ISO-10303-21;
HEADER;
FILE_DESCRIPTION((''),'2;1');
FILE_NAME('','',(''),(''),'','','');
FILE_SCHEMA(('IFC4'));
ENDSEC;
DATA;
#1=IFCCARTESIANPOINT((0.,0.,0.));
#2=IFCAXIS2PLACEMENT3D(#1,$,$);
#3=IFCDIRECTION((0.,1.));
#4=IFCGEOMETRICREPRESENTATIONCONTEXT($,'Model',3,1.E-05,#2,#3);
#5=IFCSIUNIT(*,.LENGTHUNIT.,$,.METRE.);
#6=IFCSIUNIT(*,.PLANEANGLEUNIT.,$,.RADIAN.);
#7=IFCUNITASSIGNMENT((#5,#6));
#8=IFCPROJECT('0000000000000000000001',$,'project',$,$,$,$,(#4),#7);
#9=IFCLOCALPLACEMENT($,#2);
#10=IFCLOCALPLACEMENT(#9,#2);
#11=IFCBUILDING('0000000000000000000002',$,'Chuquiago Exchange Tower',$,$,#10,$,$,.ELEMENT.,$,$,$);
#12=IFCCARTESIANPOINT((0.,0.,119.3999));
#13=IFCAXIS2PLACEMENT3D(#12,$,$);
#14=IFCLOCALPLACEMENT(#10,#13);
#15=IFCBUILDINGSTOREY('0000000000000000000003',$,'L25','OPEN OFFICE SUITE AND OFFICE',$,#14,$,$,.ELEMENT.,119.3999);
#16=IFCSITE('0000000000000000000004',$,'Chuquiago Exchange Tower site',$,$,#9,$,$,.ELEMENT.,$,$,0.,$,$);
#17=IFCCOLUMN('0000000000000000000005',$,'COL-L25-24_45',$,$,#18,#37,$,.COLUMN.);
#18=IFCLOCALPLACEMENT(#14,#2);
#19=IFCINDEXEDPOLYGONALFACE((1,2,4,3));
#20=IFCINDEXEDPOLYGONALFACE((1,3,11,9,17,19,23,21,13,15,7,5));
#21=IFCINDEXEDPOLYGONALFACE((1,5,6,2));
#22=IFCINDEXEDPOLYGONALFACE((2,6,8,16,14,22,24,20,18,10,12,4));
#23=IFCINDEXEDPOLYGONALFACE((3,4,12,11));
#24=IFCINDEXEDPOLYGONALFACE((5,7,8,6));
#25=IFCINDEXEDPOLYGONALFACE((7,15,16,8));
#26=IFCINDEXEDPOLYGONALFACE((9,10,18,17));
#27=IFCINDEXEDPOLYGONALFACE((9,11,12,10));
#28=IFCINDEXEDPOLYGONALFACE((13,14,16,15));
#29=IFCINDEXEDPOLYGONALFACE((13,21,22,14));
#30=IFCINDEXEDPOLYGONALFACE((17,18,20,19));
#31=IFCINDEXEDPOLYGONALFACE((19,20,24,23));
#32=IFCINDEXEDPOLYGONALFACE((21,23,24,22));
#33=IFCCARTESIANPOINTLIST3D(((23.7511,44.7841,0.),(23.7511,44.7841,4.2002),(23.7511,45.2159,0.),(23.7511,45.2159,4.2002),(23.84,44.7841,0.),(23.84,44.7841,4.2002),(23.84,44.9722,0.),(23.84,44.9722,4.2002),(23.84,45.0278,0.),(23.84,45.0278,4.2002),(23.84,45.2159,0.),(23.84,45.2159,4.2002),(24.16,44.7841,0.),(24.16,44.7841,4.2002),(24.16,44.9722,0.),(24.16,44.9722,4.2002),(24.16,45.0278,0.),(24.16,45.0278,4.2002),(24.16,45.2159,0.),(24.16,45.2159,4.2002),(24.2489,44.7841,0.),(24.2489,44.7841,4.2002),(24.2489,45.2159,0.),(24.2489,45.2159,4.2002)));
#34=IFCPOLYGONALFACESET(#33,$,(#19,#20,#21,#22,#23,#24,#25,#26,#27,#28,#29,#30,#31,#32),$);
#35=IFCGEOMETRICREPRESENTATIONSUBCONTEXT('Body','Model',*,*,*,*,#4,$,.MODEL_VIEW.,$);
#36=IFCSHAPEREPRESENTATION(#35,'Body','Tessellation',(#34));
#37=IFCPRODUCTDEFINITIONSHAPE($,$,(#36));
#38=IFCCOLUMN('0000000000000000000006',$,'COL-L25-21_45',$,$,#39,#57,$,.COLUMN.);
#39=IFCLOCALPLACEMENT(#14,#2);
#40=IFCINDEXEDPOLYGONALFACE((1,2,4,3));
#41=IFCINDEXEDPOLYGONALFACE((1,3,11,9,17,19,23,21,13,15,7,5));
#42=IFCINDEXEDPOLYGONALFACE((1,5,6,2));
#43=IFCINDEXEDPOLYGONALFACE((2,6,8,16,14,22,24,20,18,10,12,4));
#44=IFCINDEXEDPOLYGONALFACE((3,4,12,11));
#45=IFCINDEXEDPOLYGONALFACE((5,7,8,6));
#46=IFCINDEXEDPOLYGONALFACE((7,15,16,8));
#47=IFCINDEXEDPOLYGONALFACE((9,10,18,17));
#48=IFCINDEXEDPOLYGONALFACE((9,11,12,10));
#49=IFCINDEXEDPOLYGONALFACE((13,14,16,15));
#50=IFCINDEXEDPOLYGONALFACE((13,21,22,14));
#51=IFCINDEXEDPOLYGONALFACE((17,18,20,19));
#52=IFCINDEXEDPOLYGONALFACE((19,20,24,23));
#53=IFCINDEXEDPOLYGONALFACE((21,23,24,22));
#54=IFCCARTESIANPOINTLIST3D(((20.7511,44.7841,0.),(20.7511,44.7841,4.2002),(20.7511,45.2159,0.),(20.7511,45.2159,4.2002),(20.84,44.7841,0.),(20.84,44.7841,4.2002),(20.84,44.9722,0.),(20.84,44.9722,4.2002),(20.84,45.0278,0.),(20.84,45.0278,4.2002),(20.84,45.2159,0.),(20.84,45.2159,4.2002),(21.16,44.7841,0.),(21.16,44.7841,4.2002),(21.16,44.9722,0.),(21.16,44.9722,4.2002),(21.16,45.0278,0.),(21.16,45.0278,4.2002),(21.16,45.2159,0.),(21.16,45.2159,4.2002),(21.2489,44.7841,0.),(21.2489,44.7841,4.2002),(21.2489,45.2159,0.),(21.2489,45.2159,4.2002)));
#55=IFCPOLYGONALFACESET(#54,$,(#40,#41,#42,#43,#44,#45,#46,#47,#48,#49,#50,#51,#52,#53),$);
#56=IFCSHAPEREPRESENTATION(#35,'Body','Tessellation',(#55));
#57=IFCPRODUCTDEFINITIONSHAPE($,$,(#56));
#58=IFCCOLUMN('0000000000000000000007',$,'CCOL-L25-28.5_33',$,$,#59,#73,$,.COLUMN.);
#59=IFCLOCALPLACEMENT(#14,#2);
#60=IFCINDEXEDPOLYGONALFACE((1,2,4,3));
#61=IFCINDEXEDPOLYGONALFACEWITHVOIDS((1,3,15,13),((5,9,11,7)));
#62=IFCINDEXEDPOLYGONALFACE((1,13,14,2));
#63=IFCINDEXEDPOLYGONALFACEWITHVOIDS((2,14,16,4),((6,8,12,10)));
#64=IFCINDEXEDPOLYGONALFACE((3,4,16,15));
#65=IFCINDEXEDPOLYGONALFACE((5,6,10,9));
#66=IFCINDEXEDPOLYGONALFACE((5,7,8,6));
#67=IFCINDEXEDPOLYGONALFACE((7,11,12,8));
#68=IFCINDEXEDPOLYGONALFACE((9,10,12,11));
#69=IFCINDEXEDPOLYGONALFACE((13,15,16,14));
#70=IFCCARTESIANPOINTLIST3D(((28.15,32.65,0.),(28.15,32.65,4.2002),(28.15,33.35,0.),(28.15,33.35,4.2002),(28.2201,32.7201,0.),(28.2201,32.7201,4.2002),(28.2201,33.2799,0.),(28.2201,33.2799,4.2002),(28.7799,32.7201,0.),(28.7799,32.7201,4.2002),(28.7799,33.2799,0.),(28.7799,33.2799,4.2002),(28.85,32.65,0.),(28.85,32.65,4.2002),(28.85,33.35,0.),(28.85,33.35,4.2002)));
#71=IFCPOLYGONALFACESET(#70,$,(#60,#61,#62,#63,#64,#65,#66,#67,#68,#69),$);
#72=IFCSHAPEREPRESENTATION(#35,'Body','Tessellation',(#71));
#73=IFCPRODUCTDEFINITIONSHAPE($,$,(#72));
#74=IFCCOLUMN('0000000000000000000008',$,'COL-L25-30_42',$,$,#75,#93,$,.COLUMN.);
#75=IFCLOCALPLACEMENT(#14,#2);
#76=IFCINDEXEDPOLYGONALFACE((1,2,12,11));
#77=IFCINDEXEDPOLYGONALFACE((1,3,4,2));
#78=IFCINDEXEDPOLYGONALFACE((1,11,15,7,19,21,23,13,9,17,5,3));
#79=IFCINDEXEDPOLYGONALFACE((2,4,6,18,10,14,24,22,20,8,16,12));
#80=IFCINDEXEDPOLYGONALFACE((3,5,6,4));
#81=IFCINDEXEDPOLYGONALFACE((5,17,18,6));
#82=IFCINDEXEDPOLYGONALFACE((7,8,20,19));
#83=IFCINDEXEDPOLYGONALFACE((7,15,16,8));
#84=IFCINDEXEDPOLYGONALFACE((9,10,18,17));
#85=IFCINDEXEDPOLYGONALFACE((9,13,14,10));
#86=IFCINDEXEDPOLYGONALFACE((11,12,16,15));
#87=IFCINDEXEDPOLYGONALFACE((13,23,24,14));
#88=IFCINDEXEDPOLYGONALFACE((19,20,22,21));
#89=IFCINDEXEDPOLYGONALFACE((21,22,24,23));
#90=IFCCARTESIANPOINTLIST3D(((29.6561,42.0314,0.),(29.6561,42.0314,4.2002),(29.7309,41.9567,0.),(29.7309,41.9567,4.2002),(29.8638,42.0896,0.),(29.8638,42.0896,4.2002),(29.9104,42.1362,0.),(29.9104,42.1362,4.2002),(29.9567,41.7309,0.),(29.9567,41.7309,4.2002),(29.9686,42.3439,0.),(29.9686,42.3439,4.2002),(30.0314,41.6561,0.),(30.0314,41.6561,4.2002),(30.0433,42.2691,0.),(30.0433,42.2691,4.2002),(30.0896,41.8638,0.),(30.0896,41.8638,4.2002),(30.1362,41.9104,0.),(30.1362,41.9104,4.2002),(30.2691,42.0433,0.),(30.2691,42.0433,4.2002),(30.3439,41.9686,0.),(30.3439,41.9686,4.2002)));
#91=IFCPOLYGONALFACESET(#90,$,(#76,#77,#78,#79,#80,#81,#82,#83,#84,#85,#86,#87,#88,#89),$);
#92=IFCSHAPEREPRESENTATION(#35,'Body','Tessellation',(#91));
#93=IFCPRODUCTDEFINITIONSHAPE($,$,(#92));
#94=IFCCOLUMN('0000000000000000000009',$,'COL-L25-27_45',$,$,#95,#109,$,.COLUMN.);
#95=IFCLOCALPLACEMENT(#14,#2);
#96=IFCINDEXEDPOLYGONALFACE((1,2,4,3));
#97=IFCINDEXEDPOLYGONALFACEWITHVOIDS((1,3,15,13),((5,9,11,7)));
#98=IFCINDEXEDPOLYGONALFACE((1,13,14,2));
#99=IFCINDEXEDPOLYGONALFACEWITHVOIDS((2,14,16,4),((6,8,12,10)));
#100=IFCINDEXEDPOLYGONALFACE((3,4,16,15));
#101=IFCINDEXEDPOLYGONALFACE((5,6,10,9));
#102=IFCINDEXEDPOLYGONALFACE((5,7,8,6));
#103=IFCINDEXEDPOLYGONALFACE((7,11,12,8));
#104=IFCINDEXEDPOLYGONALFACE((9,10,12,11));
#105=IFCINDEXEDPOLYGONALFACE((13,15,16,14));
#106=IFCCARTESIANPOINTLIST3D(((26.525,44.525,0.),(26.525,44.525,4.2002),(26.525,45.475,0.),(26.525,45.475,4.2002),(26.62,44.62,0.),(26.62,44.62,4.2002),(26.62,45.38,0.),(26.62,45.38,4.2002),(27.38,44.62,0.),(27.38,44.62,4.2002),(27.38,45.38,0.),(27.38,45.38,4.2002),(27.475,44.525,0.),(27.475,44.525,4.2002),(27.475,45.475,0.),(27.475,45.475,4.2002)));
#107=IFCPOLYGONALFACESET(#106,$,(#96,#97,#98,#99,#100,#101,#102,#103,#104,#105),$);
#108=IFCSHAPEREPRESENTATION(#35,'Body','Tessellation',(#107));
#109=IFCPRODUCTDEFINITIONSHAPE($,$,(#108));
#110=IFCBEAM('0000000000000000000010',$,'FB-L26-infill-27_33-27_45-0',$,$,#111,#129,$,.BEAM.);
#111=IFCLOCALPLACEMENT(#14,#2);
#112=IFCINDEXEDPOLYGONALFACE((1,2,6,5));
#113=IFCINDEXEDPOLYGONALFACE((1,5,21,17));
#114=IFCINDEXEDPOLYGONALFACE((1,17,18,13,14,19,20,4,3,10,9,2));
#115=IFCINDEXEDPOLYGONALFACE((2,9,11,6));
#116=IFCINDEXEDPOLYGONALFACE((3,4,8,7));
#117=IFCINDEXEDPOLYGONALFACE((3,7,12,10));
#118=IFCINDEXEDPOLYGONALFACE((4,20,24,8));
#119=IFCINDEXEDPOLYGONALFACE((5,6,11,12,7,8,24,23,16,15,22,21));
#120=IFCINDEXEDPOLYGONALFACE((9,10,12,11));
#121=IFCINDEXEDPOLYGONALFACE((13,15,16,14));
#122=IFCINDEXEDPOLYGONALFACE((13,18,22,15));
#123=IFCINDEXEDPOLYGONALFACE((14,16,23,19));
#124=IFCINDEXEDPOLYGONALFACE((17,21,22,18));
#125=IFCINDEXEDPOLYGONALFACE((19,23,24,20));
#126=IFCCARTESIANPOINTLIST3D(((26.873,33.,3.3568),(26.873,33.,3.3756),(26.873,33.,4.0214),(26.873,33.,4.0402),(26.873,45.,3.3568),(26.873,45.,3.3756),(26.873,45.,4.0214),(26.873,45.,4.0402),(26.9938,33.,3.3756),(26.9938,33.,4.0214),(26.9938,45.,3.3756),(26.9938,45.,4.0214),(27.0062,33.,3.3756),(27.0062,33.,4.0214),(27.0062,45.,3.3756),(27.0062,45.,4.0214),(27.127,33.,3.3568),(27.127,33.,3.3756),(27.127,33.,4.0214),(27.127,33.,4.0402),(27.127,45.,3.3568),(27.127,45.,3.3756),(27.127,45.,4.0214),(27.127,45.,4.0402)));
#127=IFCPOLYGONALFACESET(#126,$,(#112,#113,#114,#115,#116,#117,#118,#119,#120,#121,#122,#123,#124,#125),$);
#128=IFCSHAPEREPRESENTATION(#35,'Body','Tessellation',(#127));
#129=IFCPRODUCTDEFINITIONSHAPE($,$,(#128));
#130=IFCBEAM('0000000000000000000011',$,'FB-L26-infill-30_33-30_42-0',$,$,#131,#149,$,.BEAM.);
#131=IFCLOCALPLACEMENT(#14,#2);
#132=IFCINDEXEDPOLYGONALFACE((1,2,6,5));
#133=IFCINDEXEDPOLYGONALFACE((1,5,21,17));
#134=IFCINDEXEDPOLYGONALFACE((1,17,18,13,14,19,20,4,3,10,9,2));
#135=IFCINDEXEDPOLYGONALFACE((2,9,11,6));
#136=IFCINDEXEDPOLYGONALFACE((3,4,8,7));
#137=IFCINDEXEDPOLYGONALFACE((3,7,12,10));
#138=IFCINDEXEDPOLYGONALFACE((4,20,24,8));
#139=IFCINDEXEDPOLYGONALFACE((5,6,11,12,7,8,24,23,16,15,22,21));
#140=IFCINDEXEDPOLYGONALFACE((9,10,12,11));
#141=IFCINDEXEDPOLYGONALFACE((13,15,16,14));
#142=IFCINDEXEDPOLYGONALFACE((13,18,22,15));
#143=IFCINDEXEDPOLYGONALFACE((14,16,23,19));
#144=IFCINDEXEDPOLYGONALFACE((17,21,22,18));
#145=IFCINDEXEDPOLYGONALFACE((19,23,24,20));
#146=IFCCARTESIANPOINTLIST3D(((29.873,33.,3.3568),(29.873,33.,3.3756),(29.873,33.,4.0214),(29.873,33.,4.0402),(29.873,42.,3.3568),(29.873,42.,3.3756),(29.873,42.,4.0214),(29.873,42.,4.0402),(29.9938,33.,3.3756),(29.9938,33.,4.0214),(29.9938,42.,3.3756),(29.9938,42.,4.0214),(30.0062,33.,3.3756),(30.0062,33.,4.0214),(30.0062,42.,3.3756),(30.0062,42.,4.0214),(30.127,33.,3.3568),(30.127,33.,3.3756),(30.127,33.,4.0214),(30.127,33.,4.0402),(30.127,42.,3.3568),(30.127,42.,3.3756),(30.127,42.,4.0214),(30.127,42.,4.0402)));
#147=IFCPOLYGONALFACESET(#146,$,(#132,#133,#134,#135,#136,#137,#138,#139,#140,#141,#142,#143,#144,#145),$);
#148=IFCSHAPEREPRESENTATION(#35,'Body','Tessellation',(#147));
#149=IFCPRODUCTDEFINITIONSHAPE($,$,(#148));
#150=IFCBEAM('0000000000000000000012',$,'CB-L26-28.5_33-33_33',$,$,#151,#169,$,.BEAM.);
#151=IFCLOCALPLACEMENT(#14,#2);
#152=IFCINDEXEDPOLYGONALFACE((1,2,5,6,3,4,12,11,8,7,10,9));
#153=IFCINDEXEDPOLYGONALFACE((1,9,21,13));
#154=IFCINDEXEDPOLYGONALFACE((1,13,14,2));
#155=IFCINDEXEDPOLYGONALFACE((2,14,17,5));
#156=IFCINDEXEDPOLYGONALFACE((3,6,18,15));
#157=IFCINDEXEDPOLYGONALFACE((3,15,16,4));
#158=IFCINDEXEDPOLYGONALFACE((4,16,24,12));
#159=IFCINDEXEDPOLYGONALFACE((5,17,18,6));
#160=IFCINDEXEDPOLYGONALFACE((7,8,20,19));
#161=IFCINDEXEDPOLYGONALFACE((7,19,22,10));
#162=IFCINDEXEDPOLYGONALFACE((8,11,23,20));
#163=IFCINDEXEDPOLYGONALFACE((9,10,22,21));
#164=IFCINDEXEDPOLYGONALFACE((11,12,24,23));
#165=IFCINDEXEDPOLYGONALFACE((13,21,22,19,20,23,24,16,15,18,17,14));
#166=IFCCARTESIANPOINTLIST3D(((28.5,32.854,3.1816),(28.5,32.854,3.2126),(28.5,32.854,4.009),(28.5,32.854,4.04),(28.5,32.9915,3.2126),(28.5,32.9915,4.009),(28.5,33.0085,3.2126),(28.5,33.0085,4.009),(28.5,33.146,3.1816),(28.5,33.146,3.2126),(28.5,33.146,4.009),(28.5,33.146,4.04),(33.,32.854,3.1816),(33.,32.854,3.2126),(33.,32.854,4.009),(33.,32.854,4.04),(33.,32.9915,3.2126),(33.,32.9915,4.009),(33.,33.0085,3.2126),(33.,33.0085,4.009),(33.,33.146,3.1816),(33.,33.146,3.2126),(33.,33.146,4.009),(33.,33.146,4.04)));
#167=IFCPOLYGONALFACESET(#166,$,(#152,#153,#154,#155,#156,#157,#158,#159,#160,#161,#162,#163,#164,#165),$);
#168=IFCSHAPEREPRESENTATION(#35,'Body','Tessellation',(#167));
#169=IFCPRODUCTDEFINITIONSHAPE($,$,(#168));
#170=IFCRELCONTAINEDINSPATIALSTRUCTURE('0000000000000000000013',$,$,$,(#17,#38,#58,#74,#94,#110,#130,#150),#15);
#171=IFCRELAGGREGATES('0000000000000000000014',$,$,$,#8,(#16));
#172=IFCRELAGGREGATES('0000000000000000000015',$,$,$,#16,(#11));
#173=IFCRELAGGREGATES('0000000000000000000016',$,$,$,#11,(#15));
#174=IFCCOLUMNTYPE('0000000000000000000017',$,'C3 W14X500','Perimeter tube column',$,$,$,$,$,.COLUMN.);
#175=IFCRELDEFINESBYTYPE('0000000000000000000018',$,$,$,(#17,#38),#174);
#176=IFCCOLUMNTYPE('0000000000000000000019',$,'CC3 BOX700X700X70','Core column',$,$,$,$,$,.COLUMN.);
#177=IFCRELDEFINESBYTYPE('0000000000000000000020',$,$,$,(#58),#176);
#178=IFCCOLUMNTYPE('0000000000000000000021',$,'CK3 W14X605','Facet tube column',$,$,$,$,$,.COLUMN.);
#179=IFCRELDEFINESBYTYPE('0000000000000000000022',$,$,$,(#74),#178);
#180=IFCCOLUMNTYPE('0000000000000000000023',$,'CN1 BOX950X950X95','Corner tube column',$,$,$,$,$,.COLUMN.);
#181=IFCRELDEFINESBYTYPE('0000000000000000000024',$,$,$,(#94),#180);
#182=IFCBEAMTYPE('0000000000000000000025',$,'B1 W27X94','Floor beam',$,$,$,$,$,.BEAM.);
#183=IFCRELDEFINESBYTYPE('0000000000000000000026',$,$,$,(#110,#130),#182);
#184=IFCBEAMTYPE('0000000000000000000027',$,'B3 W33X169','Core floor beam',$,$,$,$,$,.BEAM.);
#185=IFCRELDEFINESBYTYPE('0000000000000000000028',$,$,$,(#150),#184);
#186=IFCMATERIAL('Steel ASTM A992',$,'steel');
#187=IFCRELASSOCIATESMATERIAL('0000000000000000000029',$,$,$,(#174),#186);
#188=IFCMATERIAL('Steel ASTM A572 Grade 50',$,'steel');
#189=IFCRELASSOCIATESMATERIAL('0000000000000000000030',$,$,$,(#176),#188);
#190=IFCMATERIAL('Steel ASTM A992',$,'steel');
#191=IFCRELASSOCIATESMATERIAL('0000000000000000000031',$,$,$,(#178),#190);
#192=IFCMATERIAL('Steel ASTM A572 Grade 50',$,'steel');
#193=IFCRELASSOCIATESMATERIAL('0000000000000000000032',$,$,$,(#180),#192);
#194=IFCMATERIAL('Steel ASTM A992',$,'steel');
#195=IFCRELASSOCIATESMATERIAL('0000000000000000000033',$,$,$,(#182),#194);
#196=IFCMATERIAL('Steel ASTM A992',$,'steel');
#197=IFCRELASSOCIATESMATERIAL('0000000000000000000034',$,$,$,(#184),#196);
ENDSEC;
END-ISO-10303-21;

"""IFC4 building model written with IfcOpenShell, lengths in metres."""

from ifc_helpers import new_model, si_unit, direction, frame, origin, origin_2d, place, context, subcontext, project, spatial, hollow_rectangle, i_section, extrude, material, material_profile, profile_set, type_object, element, save


model = new_model("IFC4")

# Units and contexts
model_context = context("Model", 3, precision=1e-05, world=origin(), true_north=direction((0.0, 1.0)))
body_context = subcontext(model_context, "Body", "Model", "MODEL_VIEW")
ifc_project = project(units=[si_unit("LENGTHUNIT", "METRE"), si_unit("PLANEANGLEUNIT", "RADIAN")], contexts=[model_context])

# Site, building, storey
site_placement = place(None, origin())
site = spatial("IfcSite", under=ifc_project, at=site_placement, Name="Chuquiago Exchange Tower site", CompositionType="ELEMENT", RefElevation=0.0)
building_placement = place(site_placement, origin())
building = spatial("IfcBuilding", under=site, at=building_placement, Name="Chuquiago Exchange Tower", CompositionType="ELEMENT")
storey_placement = place(building_placement, frame((0.0, 0.0, 119.3999)))
storey = spatial("IfcBuildingStorey", under=building, at=storey_placement, Name="L25", Description="OPEN OFFICE SUITE AND OFFICE", CompositionType="ELEMENT", Elevation=119.3999)

# Columns
ifc_material_1 = material(Name="Steel ASTM A992", Category="steel")
ifc_material_profile_1 = material_profile(ifc_material_1, i_section(OverallWidth=0.4319, OverallDepth=0.4978, WebThickness=0.0557, FlangeThickness=0.0889, at=origin_2d()), Name="W14X500")
ifc_profile_set_1 = profile_set([ifc_material_profile_1], Name="Steel ASTM A992")
column_type_1 = type_object("IfcColumnType", Name="C3 W14X500", Description="Perimeter tube column", PredefinedType="COLUMN", material=ifc_profile_set_1)
for number, where, z_axis, x_axis, name in (
    (1, (24.0, 45.0, 0.0), (0.0, 0.0, 1.0), (0.0, 1.0, 0.0), "COL-L25-24_45"),
    (2, (21.0, 45.0, 0.0), (0.0, 0.0, 1.0), (0.0, 1.0, 0.0), "COL-L25-21_45"),
):
    element("IfcColumn", number, at=place(storey_placement, frame(where, z_axis=z_axis, x_axis=x_axis)), inside=storey, type_object=column_type_1, Name=name, PredefinedType="COLUMN", context=body_context, shape_type="SweptSolid", body=[
        extrude(i_section(OverallWidth=0.4319, OverallDepth=0.4978, WebThickness=0.0557, FlangeThickness=0.0889, at=origin_2d()), origin(), (0.0, 0.0, 1.0), 4.2002),
    ])
ifc_material_2 = material(Name="Steel ASTM A572 Grade 50", Category="steel")
ifc_material_profile_2 = material_profile(ifc_material_2, hollow_rectangle(XDim=0.7, YDim=0.7, WallThickness=0.0701, at=origin_2d()), Name="BOX700X700X70")
ifc_profile_set_2 = profile_set([ifc_material_profile_2], Name="Steel ASTM A572 Grade 50")
column_type_2 = type_object("IfcColumnType", Name="CC3 BOX700X700X70", Description="Core column", PredefinedType="COLUMN", material=ifc_profile_set_2)
column_1_placement = place(storey_placement, frame((28.5, 33.0, 0.0), z_axis=(0.0, 0.0, 1.0), x_axis=(1.0, 0.0, 0.0)))
element("IfcColumn", 3, at=column_1_placement, inside=storey, type_object=column_type_2, Name="CCOL-L25-28.5_33", PredefinedType="COLUMN", context=body_context, shape_type="SweptSolid", body=[
    extrude(hollow_rectangle(XDim=0.7, YDim=0.7, WallThickness=0.0701, at=origin_2d()), origin(), (0.0, 0.0, 1.0), 4.2002),
])
ifc_material_3 = material(Name="Steel ASTM A992", Category="steel")
ifc_material_profile_3 = material_profile(ifc_material_3, i_section(OverallWidth=0.4419, OverallDepth=0.5308, WebThickness=0.0659, FlangeThickness=0.1057, at=origin_2d()), Name="W14X605")
ifc_profile_set_3 = profile_set([ifc_material_profile_3], Name="Steel ASTM A992")
column_type_3 = type_object("IfcColumnType", Name="CK3 W14X605", Description="Facet tube column", PredefinedType="COLUMN", material=ifc_profile_set_3)
column_2_placement = place(storey_placement, frame((30.0, 42.0, 0.0), z_axis=(0.0, 0.0, 1.0), x_axis=(0.707107, 0.707107, 0.0)))
element("IfcColumn", 4, at=column_2_placement, inside=storey, type_object=column_type_3, Name="COL-L25-30_42", PredefinedType="COLUMN", context=body_context, shape_type="SweptSolid", body=[
    extrude(i_section(OverallWidth=0.4419, OverallDepth=0.5308, WebThickness=0.0659, FlangeThickness=0.1057, at=origin_2d()), origin(), (0.0, 0.0, 1.0), 4.2002),
])
ifc_material_4 = material(Name="Steel ASTM A572 Grade 50", Category="steel")
ifc_material_profile_4 = material_profile(ifc_material_4, hollow_rectangle(XDim=0.95, YDim=0.95, WallThickness=0.095, at=origin_2d()), Name="BOX950X950X95")
ifc_profile_set_4 = profile_set([ifc_material_profile_4], Name="Steel ASTM A572 Grade 50")
column_type_4 = type_object("IfcColumnType", Name="CN1 BOX950X950X95", Description="Corner tube column", PredefinedType="COLUMN", material=ifc_profile_set_4)
column_3_placement = place(storey_placement, frame((27.0, 45.0, 0.0), z_axis=(0.0, 0.0, 1.0), x_axis=(0.0, 1.0, 0.0)))
element("IfcColumn", 5, at=column_3_placement, inside=storey, type_object=column_type_4, Name="COL-L25-27_45", PredefinedType="COLUMN", context=body_context, shape_type="SweptSolid", body=[
    extrude(hollow_rectangle(XDim=0.95, YDim=0.95, WallThickness=0.095, at=origin_2d()), origin(), (0.0, 0.0, 1.0), 4.2002),
])

# Beams
ifc_material_5 = material(Name="Steel ASTM A992", Category="steel")
ifc_material_profile_5 = material_profile(ifc_material_5, i_section(OverallWidth=0.2539, OverallDepth=0.6833, WebThickness=0.0125, FlangeThickness=0.0188, at=origin_2d()), Name="W27X94")
ifc_profile_set_5 = profile_set([ifc_material_profile_5], Name="Steel ASTM A992")
beam_type_1 = type_object("IfcBeamType", Name="B1 W27X94", Description="Floor beam", PredefinedType="BEAM", material=ifc_profile_set_5)
beam_1_placement = place(storey_placement, frame((27.0, 33.0, 3.6985), z_axis=(0.0, 1.0, 0.0), x_axis=(-1.0, 0.0, 0.0)))
element("IfcBeam", 6, at=beam_1_placement, inside=storey, type_object=beam_type_1, Name="FB-L26-infill-27_33-27_45-0", PredefinedType="BEAM", context=body_context, shape_type="SweptSolid", body=[
    extrude(i_section(OverallWidth=0.2539, OverallDepth=0.6833, WebThickness=0.0125, FlangeThickness=0.0188, at=origin_2d()), origin(), (0.0, 0.0, 1.0), 12.0),
])
beam_2_placement = place(storey_placement, frame((30.0, 33.0, 3.6985), z_axis=(0.0, 1.0, 0.0), x_axis=(-1.0, 0.0, 0.0)))
element("IfcBeam", 7, at=beam_2_placement, inside=storey, type_object=beam_type_1, Name="FB-L26-infill-30_33-30_42-0", PredefinedType="BEAM", context=body_context, shape_type="SweptSolid", body=[
    extrude(i_section(OverallWidth=0.2539, OverallDepth=0.6833, WebThickness=0.0125, FlangeThickness=0.0188, at=origin_2d()), origin(), (0.0, 0.0, 1.0), 9.0),
])
ifc_material_6 = material(Name="Steel ASTM A992", Category="steel")
ifc_material_profile_6 = material_profile(ifc_material_6, i_section(OverallWidth=0.292, OverallDepth=0.8584, WebThickness=0.0171, FlangeThickness=0.031, at=origin_2d()), Name="W33X169")
ifc_profile_set_6 = profile_set([ifc_material_profile_6], Name="Steel ASTM A992")
beam_type_2 = type_object("IfcBeamType", Name="B3 W33X169", Description="Core floor beam", PredefinedType="BEAM", material=ifc_profile_set_6)
beam_3_placement = place(storey_placement, frame((28.5, 33.0, 3.6108), z_axis=(1.0, 0.0, 0.0), x_axis=(0.0, 1.0, 0.0)))
element("IfcBeam", 8, at=beam_3_placement, inside=storey, type_object=beam_type_2, Name="CB-L26-28.5_33-33_33", PredefinedType="BEAM", context=body_context, shape_type="SweptSolid", body=[
    extrude(i_section(OverallWidth=0.292, OverallDepth=0.8584, WebThickness=0.0171, FlangeThickness=0.031, at=origin_2d()), origin(), (0.0, 0.0, 1.0), 4.5),
])

save(model, "model.ifc")
